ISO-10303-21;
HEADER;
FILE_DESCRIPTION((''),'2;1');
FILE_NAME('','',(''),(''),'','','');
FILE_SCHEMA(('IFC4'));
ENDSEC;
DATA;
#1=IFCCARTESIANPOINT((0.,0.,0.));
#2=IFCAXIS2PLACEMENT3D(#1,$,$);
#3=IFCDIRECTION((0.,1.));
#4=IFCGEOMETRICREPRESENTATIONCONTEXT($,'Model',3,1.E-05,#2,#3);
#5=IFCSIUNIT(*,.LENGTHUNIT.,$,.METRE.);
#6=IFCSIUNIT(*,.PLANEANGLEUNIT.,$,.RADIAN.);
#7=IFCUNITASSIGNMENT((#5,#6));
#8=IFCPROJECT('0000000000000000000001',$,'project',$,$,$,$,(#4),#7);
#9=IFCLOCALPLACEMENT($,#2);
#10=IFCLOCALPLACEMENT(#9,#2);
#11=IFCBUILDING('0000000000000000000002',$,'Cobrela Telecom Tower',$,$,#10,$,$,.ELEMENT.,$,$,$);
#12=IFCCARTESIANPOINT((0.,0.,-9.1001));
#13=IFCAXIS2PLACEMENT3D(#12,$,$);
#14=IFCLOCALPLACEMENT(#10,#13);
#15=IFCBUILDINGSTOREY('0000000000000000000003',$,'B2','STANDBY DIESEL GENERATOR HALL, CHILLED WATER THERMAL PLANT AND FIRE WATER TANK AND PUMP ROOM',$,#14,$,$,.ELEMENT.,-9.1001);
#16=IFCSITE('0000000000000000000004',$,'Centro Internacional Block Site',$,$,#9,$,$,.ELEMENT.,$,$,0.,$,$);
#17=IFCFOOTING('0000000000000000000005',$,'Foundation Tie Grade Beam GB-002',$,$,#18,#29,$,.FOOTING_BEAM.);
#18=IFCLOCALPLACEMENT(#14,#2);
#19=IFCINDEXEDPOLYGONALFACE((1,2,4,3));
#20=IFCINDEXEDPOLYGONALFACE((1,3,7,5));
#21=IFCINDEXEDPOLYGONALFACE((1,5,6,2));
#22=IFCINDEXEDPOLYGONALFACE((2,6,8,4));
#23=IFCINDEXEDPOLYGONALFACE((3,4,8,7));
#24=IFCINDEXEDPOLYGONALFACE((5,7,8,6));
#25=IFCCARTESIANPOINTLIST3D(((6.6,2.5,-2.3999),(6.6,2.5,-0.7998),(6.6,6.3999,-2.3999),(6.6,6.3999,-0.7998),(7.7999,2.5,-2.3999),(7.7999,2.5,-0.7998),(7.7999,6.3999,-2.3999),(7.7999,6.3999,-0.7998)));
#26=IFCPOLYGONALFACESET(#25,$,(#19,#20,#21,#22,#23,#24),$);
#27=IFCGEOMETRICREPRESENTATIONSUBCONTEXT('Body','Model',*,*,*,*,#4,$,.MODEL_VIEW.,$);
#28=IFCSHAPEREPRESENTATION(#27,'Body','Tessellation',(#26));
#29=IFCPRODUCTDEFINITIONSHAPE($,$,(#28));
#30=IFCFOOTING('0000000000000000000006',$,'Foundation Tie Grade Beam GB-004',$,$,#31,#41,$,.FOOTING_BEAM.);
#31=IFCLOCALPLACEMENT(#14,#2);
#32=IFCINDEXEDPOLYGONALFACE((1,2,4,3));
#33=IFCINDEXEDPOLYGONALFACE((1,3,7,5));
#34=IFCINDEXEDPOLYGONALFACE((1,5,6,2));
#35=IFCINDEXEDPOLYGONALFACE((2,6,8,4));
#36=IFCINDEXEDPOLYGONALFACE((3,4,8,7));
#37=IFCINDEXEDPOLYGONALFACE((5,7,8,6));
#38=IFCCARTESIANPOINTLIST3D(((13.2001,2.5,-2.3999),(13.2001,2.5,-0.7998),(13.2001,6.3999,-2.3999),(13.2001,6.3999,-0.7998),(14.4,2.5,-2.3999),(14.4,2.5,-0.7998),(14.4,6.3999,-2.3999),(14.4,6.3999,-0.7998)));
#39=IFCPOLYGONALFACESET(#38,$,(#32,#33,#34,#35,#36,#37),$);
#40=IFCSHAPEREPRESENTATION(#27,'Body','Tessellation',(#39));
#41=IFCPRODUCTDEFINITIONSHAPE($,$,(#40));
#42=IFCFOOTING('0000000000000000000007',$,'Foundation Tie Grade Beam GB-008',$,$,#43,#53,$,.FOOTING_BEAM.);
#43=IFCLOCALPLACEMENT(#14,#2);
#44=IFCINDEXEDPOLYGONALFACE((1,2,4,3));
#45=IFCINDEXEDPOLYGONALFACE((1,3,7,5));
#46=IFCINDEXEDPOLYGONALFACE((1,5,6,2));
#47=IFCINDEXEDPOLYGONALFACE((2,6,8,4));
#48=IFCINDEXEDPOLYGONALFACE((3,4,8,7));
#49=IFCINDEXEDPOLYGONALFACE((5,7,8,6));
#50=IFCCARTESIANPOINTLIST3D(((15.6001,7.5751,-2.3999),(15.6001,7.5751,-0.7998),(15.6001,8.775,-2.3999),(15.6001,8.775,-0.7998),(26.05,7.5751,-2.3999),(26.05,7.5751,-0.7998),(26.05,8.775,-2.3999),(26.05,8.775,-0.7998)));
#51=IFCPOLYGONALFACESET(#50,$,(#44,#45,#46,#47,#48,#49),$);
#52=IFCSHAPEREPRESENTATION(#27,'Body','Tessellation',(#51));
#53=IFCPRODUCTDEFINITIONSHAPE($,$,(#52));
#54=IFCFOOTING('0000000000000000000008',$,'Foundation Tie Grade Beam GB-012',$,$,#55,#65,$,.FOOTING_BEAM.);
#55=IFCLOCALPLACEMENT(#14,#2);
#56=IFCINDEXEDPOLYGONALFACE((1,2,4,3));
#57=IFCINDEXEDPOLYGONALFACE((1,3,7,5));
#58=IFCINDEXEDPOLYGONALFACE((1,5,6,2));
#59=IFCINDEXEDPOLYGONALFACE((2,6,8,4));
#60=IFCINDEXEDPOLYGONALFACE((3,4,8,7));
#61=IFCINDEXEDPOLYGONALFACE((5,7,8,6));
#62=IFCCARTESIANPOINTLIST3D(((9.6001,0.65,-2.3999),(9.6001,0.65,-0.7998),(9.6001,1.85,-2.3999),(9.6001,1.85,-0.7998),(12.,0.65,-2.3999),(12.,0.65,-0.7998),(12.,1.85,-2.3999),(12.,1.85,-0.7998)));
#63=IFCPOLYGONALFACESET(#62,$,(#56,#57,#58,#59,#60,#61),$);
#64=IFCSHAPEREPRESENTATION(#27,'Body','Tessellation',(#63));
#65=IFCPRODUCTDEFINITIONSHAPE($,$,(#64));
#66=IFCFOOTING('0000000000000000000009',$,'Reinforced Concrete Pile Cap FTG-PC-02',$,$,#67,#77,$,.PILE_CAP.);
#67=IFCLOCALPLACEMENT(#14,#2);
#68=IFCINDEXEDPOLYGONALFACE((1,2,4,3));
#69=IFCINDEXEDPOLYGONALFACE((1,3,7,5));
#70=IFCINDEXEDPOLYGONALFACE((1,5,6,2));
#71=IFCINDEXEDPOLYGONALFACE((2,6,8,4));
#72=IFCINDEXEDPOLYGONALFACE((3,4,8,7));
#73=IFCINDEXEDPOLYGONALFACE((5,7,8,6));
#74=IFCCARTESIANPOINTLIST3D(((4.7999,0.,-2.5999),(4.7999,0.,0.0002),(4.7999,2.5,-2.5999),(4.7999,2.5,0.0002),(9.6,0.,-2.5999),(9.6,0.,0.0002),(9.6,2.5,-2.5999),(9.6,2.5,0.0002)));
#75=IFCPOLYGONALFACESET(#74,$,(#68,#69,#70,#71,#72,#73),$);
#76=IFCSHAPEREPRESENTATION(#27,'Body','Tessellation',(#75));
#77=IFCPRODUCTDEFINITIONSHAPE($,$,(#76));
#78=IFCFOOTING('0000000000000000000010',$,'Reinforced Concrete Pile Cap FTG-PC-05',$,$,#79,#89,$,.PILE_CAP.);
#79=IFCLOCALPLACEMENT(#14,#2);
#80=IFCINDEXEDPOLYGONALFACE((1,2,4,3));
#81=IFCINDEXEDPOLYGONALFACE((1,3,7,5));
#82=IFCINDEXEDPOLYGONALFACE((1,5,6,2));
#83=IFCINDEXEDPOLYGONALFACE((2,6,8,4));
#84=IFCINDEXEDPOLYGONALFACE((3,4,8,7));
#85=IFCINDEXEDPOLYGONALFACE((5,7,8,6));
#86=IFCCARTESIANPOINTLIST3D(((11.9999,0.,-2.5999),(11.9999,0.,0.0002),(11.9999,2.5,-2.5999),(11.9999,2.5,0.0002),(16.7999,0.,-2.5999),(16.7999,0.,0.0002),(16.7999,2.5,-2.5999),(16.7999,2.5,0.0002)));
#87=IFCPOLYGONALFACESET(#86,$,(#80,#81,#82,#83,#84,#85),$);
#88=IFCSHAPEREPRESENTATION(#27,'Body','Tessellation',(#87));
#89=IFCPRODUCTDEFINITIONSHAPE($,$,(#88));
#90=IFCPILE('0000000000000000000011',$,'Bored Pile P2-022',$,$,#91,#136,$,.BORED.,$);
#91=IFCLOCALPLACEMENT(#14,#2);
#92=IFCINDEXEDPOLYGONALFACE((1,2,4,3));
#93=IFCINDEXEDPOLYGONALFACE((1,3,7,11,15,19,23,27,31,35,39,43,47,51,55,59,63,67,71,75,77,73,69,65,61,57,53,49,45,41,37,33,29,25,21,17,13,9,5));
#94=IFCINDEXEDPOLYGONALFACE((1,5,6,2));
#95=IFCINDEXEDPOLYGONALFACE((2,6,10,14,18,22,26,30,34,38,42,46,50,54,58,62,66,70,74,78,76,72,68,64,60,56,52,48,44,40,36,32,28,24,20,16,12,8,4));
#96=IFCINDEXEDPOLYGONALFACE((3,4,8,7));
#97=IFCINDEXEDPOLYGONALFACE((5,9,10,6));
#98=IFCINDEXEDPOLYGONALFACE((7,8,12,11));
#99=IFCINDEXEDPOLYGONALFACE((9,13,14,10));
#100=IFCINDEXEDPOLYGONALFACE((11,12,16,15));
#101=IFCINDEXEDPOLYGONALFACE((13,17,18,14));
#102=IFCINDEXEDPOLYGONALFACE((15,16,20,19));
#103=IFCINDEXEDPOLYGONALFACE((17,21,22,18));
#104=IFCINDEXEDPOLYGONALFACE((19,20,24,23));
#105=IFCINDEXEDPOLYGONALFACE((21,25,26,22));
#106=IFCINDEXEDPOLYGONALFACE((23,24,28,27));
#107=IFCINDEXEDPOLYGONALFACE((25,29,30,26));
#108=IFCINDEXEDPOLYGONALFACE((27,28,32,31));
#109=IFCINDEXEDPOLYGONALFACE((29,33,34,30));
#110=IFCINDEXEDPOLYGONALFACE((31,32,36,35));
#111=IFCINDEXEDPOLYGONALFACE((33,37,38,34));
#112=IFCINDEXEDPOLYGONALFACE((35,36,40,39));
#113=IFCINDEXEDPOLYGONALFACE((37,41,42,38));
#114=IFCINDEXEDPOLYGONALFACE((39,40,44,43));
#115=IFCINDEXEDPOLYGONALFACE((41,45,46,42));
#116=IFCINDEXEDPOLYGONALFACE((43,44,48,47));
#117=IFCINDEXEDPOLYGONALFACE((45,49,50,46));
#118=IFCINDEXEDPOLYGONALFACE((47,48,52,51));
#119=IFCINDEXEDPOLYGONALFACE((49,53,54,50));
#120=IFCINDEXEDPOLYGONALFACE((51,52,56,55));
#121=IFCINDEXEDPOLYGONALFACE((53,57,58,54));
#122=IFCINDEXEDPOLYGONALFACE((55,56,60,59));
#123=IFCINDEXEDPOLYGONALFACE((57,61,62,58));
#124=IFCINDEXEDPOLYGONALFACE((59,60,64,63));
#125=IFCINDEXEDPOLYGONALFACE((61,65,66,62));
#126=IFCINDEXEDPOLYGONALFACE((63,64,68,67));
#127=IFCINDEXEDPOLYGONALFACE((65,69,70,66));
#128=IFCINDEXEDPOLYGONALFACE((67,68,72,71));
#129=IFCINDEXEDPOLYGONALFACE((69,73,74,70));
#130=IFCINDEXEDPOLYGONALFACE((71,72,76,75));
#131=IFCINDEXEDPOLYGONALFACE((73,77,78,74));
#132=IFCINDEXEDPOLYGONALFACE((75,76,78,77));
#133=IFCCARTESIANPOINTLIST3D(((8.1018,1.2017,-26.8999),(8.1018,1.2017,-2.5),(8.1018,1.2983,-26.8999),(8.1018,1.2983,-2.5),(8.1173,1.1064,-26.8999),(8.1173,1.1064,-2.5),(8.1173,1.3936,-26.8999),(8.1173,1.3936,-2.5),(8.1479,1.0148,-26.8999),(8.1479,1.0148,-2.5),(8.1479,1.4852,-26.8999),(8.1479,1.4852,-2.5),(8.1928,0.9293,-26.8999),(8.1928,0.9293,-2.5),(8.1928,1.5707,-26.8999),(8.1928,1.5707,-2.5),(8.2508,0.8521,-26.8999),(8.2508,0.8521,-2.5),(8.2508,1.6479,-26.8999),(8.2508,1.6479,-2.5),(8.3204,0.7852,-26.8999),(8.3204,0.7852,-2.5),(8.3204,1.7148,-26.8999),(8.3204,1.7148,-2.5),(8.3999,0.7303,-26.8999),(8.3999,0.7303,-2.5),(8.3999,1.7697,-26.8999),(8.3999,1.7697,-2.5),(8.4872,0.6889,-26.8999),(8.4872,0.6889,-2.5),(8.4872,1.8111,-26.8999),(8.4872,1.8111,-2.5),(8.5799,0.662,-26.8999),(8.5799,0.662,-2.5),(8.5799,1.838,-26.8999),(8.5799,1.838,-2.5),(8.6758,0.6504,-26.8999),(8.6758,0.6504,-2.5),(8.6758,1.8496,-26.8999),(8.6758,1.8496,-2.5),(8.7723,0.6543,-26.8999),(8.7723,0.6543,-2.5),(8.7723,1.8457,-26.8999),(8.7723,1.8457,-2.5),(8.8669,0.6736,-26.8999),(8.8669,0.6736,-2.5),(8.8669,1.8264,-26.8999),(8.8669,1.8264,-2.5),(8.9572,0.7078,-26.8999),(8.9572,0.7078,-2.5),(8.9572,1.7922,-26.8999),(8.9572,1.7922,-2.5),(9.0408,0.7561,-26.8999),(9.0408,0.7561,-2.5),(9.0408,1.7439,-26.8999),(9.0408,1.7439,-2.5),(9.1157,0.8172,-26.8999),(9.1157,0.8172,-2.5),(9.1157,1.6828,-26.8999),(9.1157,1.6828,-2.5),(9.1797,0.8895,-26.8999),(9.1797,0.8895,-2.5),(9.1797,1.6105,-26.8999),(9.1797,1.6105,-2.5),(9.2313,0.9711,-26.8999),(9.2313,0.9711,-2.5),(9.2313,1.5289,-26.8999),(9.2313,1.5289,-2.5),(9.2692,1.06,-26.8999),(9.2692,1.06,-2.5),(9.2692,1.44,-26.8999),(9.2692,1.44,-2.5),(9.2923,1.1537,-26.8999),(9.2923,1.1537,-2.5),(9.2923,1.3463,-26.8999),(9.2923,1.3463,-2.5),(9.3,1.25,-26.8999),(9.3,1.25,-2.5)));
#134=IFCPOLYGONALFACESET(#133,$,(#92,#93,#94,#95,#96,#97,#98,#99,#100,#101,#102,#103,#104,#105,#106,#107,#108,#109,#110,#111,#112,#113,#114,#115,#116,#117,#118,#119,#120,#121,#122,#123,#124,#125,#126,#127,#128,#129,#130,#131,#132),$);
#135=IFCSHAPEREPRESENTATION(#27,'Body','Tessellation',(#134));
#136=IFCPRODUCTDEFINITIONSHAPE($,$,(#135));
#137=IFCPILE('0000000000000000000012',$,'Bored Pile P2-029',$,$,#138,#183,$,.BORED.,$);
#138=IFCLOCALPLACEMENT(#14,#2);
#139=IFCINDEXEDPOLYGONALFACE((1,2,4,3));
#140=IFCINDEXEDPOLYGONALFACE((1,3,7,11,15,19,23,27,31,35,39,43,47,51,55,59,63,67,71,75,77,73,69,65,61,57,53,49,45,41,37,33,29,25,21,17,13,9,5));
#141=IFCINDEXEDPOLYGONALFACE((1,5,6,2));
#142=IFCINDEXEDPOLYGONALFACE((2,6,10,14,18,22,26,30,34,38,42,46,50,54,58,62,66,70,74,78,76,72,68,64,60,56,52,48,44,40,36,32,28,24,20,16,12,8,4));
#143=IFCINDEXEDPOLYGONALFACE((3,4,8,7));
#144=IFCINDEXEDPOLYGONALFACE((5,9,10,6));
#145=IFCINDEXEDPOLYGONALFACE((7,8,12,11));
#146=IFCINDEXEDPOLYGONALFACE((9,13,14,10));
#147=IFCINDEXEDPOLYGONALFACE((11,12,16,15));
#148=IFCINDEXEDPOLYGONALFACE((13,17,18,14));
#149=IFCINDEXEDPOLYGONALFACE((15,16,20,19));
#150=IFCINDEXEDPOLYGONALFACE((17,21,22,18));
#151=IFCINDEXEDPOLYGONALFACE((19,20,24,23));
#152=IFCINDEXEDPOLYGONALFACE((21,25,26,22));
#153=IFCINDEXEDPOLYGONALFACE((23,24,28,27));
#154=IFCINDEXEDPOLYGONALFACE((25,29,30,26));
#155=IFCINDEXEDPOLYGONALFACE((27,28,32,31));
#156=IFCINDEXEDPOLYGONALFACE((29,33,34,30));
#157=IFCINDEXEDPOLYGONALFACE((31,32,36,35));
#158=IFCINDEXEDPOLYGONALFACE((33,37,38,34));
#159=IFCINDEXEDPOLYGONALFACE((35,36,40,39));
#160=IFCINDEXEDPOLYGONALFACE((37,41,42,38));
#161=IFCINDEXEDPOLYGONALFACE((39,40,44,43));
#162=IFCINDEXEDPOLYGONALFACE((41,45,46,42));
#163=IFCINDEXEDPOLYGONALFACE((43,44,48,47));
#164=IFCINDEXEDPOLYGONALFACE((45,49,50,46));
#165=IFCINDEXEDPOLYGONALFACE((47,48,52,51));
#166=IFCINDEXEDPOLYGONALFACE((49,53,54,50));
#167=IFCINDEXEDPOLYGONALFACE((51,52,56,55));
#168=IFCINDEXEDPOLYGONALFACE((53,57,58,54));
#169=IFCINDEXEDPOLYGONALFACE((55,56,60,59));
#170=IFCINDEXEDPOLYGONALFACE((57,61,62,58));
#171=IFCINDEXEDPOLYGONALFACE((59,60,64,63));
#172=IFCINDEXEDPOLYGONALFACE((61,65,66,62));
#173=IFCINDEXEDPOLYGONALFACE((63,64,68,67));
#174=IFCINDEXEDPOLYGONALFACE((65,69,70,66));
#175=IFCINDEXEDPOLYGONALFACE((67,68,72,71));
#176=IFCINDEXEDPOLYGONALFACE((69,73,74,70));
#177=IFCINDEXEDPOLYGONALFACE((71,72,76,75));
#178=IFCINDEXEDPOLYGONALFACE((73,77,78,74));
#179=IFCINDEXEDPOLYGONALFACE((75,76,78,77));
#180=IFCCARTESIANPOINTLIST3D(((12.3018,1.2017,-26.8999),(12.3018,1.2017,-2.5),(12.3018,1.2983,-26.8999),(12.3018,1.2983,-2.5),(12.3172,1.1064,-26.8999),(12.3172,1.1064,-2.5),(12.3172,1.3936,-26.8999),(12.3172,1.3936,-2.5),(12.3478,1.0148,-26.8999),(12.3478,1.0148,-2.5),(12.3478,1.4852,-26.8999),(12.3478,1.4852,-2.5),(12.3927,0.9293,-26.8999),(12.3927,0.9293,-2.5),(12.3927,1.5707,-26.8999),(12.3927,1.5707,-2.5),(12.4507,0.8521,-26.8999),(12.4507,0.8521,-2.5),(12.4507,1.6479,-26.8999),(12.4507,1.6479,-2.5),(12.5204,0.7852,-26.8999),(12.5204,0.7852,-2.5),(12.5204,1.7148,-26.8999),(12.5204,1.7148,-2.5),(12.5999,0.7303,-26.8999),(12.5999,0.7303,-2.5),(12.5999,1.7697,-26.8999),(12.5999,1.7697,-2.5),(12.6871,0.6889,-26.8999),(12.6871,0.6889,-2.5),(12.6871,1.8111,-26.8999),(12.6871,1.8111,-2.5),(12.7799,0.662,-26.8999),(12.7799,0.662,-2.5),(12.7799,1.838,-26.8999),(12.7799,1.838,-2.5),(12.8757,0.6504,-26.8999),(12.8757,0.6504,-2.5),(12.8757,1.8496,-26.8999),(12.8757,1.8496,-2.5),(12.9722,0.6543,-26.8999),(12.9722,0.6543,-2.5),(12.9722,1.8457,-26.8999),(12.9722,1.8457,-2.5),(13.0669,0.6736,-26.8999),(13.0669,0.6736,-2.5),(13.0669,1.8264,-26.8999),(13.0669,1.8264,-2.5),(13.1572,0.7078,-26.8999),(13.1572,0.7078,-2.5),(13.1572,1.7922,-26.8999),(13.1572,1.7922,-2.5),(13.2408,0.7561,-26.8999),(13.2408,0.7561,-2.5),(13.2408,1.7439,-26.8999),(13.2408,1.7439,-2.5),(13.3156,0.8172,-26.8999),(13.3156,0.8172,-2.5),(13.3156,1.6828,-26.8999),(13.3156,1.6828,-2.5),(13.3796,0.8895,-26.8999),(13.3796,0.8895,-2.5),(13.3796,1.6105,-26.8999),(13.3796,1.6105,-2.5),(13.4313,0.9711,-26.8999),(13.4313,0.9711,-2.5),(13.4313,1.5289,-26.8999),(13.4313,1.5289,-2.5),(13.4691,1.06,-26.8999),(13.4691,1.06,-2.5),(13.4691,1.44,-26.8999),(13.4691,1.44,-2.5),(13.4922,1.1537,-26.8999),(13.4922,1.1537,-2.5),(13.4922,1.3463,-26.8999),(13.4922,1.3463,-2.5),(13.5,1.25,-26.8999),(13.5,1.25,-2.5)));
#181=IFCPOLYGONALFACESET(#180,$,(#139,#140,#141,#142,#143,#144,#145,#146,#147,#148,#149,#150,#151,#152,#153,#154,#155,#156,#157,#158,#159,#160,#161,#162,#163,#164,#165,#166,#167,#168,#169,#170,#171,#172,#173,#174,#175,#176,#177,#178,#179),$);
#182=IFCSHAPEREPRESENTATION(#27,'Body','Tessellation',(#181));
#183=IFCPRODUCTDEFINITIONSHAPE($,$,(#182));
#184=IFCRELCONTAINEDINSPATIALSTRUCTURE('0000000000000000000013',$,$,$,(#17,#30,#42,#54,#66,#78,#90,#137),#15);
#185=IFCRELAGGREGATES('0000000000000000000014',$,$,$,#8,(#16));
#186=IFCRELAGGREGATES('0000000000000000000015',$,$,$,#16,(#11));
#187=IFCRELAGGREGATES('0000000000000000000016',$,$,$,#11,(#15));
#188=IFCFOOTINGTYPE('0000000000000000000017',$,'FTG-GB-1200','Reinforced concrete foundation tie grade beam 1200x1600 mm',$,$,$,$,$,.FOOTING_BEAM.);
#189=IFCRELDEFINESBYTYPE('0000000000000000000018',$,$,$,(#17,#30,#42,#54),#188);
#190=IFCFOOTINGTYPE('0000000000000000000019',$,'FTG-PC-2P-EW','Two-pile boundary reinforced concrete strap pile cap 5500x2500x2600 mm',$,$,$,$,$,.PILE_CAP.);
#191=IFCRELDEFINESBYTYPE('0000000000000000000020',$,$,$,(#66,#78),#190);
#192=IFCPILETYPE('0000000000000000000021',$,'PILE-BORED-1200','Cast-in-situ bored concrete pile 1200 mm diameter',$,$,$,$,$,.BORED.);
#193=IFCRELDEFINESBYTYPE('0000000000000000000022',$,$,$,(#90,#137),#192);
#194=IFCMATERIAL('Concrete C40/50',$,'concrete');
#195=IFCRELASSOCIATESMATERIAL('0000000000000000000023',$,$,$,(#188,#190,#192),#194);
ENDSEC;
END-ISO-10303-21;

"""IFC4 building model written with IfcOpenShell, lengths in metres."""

from ifc_helpers import new_model, si_unit, direction, frame, origin, origin_2d, place, context, subcontext, project, spatial, rectangle, circle, extrude, material, material_profile, profile_set, type_object, element, save


model = new_model("IFC4")

# Units and contexts
model_context = context("Model", 3, precision=1e-05, world=origin(), true_north=direction((0.0, 1.0)))
body_context = subcontext(model_context, "Body", "Model", "MODEL_VIEW")
ifc_project = project(units=[si_unit("LENGTHUNIT", "METRE"), si_unit("PLANEANGLEUNIT", "RADIAN")], contexts=[model_context])

# Site, building, storey
site_placement = place(None, origin())
site = spatial("IfcSite", under=ifc_project, at=site_placement, Name="Centro Internacional Block Site", CompositionType="ELEMENT", RefElevation=0.0)
building_placement = place(site_placement, origin())
building = spatial("IfcBuilding", under=site, at=building_placement, Name="Cobrela Telecom Tower", CompositionType="ELEMENT")
storey_placement = place(building_placement, frame((0.0, 0.0, -9.1001)))
storey = spatial("IfcBuildingStorey", under=building, at=storey_placement, Name="B2", Description="STANDBY DIESEL GENERATOR HALL, CHILLED WATER THERMAL PLANT AND FIRE WATER TANK AND PUMP ROOM", CompositionType="ELEMENT", Elevation=-9.1001)

# Footings
ifc_material_1 = material(Name="Concrete C40/50", Category="concrete")
ifc_material_profile_1 = material_profile(ifc_material_1, rectangle(XDim=1.2, YDim=1.6001, at=origin_2d()), Name="GB 1200x1600")
ifc_profile_set_1 = profile_set([ifc_material_profile_1], Name="Concrete C40/50")
footing_type_1 = type_object("IfcFootingType", Name="FTG-GB-1200", Description="Reinforced concrete foundation tie grade beam 1200x1600 mm", PredefinedType="FOOTING_BEAM", material=ifc_profile_set_1)
for number, where, z_axis, x_axis, name in (
    (1, (7.2, 2.5, -1.5999), (0.0, 1.0, 0.0), (-1.0, 0.0, 0.0), "Foundation Tie Grade Beam GB-002"),
    (2, (13.8, 2.5, -1.5999), (0.0, 1.0, 0.0), (-1.0, 0.0, 0.0), "Foundation Tie Grade Beam GB-004"),
):
    element("IfcFooting", number, at=place(storey_placement, frame(where, z_axis=z_axis, x_axis=x_axis)), inside=storey, type_object=footing_type_1, Name=name, PredefinedType="FOOTING_BEAM", context=body_context, shape_type="SweptSolid", body=[
        extrude(rectangle(XDim=1.2, YDim=1.6001, at=origin_2d()), origin(), (0.0, 0.0, 1.0), 3.8999),
    ])
footing_1_placement = place(storey_placement, frame((15.6001, 8.175, -1.5999), z_axis=(1.0, 0.0, 0.0), x_axis=(0.0, 1.0, 0.0)))
element("IfcFooting", 3, at=footing_1_placement, inside=storey, type_object=footing_type_1, Name="Foundation Tie Grade Beam GB-008", PredefinedType="FOOTING_BEAM", context=body_context, shape_type="SweptSolid", body=[
    extrude(rectangle(XDim=1.2, YDim=1.6001, at=origin_2d()), origin(), (0.0, 0.0, 1.0), 10.45),
])
footing_2_placement = place(storey_placement, frame((9.6001, 1.25, -1.5999), z_axis=(1.0, 0.0, 0.0), x_axis=(0.0, 1.0, 0.0)))
element("IfcFooting", 4, at=footing_2_placement, inside=storey, type_object=footing_type_1, Name="Foundation Tie Grade Beam GB-012", PredefinedType="FOOTING_BEAM", context=body_context, shape_type="SweptSolid", body=[
    extrude(rectangle(XDim=1.2, YDim=1.6001, at=origin_2d()), origin(), (0.0, 0.0, 1.0), 2.3999),
])
footing_type_2 = type_object("IfcFootingType", Name="FTG-PC-2P-EW", Description="Two-pile boundary reinforced concrete strap pile cap 5500x2500x2600 mm", PredefinedType="PILE_CAP", material=ifc_material_1)
for number, where, z_axis, x_axis, name in (
    (5, (7.2, 1.25, -2.5999), (0.0, 0.0, 1.0), (1.0, 0.0, 0.0), "Reinforced Concrete Pile Cap FTG-PC-02"),
    (6, (14.3999, 1.25, -2.5999), (0.0, 0.0, 1.0), (1.0, 0.0, 0.0), "Reinforced Concrete Pile Cap FTG-PC-05"),
):
    element("IfcFooting", number, at=place(storey_placement, frame(where, z_axis=z_axis, x_axis=x_axis)), inside=storey, type_object=footing_type_2, Name=name, PredefinedType="PILE_CAP", context=body_context, shape_type="SweptSolid", body=[
        extrude(rectangle(XDim=4.8, YDim=2.5, at=origin_2d()), origin(), (0.0, 0.0, 1.0), 2.6001),
    ])

# Piles
ifc_material_profile_2 = material_profile(ifc_material_1, circle(Radius=0.6001, at=origin_2d()), Name="BORED PILE D1200")
ifc_profile_set_2 = profile_set([ifc_material_profile_2], Name="Concrete C40/50")
pile_type_1 = type_object("IfcPileType", Name="PILE-BORED-1200", Description="Cast-in-situ bored concrete pile 1200 mm diameter", PredefinedType="BORED", material=ifc_profile_set_2)
for number, where, z_axis, x_axis, name in (
    (7, (8.7, 1.25, -2.5), (0.0, 0.0, -1.0), (1.0, 0.0, 0.0), "Bored Pile P2-022"),
    (8, (12.8999, 1.25, -2.5), (0.0, 0.0, -1.0), (1.0, 0.0, 0.0), "Bored Pile P2-029"),
):
    element("IfcPile", number, at=place(storey_placement, frame(where, z_axis=z_axis, x_axis=x_axis)), inside=storey, type_object=pile_type_1, Name=name, PredefinedType="BORED", context=body_context, shape_type="SweptSolid", body=[
        extrude(circle(Radius=0.6001, at=origin_2d()), origin(), (0.0, 0.0, 1.0), 24.3999),
    ])

save(model, "model.ifc")
